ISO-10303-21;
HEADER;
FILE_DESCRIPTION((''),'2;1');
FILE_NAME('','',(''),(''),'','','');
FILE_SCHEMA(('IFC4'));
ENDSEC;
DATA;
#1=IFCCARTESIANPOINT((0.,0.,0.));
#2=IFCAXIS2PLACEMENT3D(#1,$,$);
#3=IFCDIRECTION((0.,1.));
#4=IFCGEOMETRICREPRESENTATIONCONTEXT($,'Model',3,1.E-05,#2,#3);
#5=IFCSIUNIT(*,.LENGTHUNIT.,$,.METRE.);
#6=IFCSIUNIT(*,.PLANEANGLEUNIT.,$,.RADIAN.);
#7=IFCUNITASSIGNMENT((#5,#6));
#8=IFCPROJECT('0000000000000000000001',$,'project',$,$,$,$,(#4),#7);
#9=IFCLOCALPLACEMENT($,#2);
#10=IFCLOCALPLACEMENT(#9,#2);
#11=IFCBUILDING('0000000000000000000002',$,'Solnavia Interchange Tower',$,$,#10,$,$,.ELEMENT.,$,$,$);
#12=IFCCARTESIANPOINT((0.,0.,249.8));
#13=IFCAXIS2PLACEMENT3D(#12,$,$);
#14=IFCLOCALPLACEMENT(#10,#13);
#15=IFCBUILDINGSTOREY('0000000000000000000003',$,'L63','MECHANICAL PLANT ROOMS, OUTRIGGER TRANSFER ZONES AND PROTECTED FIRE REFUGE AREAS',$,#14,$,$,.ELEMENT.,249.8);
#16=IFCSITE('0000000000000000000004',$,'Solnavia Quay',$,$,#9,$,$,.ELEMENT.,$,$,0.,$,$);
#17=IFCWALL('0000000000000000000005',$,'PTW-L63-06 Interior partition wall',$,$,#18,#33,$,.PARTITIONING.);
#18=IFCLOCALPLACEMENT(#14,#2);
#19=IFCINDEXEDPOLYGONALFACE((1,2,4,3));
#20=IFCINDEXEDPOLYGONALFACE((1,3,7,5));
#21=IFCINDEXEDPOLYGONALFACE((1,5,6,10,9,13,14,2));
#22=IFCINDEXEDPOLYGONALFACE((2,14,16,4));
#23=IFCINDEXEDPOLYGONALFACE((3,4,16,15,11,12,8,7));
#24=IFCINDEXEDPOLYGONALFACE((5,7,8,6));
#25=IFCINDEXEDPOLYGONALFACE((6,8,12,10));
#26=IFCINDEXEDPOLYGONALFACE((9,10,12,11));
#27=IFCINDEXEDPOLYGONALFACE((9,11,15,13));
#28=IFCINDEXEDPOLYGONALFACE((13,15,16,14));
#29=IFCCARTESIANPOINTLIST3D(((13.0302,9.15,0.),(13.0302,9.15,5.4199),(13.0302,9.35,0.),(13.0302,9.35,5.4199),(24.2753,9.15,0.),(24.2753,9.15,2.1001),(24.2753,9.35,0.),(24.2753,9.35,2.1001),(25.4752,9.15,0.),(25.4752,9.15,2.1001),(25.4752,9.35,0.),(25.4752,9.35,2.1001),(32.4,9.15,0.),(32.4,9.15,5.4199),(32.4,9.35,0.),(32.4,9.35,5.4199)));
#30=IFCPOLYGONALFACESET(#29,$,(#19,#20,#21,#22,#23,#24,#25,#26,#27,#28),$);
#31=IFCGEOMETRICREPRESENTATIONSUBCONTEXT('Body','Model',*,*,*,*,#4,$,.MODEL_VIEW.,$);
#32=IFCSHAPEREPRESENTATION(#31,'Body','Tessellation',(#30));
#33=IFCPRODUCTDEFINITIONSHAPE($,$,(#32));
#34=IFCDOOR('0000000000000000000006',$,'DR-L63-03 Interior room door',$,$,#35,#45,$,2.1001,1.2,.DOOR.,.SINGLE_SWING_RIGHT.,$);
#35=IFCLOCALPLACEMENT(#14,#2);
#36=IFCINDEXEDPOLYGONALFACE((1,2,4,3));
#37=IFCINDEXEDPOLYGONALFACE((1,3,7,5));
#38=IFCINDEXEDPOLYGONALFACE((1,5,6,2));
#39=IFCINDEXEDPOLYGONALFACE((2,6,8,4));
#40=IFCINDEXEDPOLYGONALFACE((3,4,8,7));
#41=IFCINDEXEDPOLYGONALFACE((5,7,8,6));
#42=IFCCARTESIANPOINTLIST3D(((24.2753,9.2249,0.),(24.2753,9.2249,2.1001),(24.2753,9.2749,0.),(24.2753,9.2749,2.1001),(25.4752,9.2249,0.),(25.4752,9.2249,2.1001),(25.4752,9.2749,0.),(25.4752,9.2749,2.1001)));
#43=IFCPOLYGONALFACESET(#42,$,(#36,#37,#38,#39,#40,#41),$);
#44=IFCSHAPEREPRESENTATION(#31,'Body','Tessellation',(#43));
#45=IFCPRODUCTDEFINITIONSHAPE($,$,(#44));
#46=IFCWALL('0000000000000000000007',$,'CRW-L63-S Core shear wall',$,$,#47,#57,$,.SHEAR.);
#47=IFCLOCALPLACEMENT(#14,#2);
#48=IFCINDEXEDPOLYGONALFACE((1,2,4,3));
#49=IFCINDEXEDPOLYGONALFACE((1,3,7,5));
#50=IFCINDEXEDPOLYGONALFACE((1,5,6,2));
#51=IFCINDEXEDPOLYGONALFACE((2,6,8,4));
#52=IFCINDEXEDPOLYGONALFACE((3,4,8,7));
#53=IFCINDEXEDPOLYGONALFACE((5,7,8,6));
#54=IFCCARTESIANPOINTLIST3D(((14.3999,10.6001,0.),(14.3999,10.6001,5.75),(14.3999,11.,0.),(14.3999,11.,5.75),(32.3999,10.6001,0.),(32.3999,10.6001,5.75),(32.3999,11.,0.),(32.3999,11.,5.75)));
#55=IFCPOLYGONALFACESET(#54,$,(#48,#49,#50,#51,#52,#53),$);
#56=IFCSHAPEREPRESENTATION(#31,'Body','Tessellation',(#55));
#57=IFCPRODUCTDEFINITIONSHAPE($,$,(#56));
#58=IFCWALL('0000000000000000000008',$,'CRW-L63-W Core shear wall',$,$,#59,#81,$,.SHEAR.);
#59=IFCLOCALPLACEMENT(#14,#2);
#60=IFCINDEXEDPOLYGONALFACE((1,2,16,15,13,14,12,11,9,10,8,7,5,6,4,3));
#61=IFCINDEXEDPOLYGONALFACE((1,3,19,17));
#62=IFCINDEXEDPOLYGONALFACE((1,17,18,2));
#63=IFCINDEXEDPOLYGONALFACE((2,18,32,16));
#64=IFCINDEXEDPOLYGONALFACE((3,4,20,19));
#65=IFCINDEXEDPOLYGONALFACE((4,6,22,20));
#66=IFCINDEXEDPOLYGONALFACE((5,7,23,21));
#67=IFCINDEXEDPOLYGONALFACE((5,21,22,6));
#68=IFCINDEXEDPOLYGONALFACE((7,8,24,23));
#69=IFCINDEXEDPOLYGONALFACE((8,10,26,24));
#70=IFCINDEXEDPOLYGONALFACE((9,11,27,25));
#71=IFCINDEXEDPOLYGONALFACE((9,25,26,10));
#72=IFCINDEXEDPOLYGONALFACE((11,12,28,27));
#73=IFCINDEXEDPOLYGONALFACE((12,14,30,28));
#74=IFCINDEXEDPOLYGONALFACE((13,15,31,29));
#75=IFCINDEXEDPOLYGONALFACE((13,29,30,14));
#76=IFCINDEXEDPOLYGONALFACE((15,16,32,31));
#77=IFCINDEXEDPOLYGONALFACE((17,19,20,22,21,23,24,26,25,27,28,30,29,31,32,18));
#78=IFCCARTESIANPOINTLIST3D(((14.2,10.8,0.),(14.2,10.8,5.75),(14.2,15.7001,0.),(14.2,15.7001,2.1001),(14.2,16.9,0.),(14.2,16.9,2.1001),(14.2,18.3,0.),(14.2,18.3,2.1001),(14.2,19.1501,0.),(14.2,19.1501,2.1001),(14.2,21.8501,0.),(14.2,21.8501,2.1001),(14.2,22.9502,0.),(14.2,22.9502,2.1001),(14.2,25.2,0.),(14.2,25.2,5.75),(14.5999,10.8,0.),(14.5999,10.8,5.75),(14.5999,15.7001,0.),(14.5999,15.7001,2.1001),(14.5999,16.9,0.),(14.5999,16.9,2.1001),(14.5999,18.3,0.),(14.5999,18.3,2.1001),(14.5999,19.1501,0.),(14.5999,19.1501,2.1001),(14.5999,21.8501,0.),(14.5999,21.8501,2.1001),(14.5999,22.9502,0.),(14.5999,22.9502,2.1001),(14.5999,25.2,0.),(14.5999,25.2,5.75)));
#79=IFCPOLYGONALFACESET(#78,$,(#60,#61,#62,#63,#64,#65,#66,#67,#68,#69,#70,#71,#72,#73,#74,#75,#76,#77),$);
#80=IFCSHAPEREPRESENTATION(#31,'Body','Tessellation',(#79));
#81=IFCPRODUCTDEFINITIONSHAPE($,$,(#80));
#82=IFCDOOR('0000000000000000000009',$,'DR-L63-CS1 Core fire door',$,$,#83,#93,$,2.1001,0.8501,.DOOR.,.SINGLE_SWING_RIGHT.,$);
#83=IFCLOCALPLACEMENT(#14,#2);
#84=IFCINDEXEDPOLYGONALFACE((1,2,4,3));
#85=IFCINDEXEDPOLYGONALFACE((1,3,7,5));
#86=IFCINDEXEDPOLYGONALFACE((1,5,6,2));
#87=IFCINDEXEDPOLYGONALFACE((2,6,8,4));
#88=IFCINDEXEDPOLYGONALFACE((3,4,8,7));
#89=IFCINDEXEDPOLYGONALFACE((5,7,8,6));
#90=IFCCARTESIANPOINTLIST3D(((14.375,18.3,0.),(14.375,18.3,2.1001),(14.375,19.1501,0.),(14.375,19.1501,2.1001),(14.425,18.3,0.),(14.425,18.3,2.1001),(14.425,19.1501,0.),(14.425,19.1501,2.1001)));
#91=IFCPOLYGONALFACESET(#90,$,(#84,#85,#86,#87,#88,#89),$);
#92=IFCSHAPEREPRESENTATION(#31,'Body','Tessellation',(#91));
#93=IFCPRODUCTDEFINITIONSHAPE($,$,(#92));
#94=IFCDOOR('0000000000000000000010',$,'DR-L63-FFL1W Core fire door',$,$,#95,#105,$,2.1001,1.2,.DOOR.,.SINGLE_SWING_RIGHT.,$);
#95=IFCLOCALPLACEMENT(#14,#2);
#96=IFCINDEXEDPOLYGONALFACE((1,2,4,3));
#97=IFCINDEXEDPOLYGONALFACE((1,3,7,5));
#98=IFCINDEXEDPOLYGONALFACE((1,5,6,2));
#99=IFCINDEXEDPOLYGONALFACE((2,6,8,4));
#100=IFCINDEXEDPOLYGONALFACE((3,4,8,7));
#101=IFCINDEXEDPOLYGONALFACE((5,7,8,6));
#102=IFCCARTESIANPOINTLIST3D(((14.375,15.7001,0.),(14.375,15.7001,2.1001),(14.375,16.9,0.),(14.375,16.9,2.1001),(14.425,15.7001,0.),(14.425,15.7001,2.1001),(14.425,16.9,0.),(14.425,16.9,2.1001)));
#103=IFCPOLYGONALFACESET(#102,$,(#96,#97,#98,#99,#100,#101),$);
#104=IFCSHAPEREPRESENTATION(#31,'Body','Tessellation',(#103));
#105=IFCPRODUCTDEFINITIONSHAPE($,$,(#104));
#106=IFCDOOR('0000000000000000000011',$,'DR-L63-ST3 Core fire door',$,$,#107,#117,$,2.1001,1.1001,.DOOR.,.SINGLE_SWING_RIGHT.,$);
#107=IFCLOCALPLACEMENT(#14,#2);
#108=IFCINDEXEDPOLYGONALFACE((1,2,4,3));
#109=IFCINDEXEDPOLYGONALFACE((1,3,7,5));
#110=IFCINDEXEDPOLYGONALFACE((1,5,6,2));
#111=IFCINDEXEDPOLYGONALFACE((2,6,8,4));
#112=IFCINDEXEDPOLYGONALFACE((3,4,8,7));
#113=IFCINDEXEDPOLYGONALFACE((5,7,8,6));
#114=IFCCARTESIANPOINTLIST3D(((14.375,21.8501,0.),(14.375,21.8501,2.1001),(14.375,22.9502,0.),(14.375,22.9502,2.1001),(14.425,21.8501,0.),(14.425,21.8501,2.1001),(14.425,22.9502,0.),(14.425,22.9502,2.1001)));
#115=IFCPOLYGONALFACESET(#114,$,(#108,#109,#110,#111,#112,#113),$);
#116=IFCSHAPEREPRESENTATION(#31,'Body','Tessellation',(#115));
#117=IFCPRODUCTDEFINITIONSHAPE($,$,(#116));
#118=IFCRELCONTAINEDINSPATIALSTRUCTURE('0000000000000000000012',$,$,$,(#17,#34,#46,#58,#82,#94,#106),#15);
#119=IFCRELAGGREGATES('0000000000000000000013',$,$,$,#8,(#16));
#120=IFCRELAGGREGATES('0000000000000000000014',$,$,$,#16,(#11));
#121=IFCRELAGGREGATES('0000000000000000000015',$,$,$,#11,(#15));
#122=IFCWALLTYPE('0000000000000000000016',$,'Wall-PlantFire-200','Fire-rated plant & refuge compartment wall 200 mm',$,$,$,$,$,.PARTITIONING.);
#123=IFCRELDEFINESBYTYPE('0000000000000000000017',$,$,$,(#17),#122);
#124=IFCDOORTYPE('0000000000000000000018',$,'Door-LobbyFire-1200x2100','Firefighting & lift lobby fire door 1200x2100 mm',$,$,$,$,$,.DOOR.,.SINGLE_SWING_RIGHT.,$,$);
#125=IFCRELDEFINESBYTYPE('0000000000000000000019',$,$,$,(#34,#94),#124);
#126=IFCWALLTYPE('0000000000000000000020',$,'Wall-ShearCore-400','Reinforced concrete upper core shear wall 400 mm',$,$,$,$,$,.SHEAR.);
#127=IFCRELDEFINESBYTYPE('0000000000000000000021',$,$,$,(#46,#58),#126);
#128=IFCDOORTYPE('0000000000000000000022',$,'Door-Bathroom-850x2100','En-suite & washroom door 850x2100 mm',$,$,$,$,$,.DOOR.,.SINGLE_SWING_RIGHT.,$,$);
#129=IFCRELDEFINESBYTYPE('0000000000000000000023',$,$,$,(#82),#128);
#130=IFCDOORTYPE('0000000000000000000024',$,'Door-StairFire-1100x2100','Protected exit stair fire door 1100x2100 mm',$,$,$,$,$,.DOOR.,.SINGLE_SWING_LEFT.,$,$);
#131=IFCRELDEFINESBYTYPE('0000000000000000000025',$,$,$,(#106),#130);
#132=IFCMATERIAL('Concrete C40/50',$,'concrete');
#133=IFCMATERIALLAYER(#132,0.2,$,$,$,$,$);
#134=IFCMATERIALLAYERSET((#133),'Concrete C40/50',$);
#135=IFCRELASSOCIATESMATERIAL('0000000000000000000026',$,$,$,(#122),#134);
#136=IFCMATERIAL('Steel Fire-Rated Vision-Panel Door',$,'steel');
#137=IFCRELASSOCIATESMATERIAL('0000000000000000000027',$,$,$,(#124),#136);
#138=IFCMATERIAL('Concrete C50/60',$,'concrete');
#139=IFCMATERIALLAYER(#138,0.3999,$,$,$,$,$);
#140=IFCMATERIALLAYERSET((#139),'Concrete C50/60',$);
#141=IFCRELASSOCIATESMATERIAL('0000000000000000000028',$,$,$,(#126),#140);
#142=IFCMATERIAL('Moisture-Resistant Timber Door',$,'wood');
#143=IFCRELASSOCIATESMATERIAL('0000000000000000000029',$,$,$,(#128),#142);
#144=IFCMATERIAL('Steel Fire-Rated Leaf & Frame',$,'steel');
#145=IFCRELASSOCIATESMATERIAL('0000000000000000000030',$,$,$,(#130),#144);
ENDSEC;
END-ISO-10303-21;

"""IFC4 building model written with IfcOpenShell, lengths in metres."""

from ifc_helpers import new_model, si_unit, direction, frame, frame_2d, origin, place, context, subcontext, project, spatial, rectangle, extrude, material, layer, layer_set, type_object, element, fill, save


model = new_model("IFC4")

# Units and contexts
model_context = context("Model", 3, precision=1e-05, world=origin(), true_north=direction((0.0, 1.0)))
body_context = subcontext(model_context, "Body", "Model", "MODEL_VIEW")
ifc_project = project(units=[si_unit("LENGTHUNIT", "METRE"), si_unit("PLANEANGLEUNIT", "RADIAN")], contexts=[model_context])

# Site, building, storey
site_placement = place(None, origin())
site = spatial("IfcSite", under=ifc_project, at=site_placement, Name="Solnavia Quay", CompositionType="ELEMENT", RefElevation=0.0)
building_placement = place(site_placement, origin())
building = spatial("IfcBuilding", under=site, at=building_placement, Name="Solnavia Interchange Tower", CompositionType="ELEMENT")
storey_placement = place(building_placement, frame((0.0, 0.0, 249.8)))
storey = spatial("IfcBuildingStorey", under=building, at=storey_placement, Name="L63", Description="MECHANICAL PLANT ROOMS, OUTRIGGER TRANSFER ZONES AND PROTECTED FIRE REFUGE AREAS", CompositionType="ELEMENT", Elevation=249.8)

# Shared definitions
ifc_material_1 = material(Name="Concrete C50/60", Category="concrete")

# Shared definitions
ifc_material_2 = material(Name="Concrete C40/50", Category="concrete")

# Wall, opening, door
ifc_layer_1 = layer(ifc_material_2, 0.2)
ifc_layer_set_1 = layer_set([ifc_layer_1], Name="Concrete C40/50")
wall_type_1 = type_object("IfcWallType", Name="Wall-PlantFire-200", Description="Fire-rated plant & refuge compartment wall 200 mm", PredefinedType="PARTITIONING", material=ifc_layer_set_1)
ifc_material_3 = material(Name="Steel Fire-Rated Vision-Panel Door", Category="steel")
door_type_1 = type_object("IfcDoorType", Name="Door-LobbyFire-1200x2100", Description="Firefighting & lift lobby fire door 1200x2100 mm", OperationType="SINGLE_SWING_RIGHT", PredefinedType="DOOR", material=ifc_material_3)
wall_1_placement = place(storey_placement, frame((13.03, 9.25, 0.0), z_axis=(0.0, 0.0, 1.0), x_axis=(1.0, 0.0, 0.0)))
wall_1 = element("IfcWall", 1, at=wall_1_placement, inside=storey, type_object=wall_type_1, Name="PTW-L63-06 Interior partition wall", PredefinedType="PARTITIONING", context=body_context, shape_type="SweptSolid", body=[
    extrude(rectangle(XDim=19.3699, YDim=0.2, at=frame_2d((9.6851, 0.0))), origin(), (0.0, 0.0, 1.0), 5.4199),
])
opening_1_placement = place(wall_1_placement, frame((11.2451, 0.0, 0.0)))
opening_1 = element("IfcOpeningElement", 2, at=opening_1_placement, cuts=wall_1, PredefinedType="OPENING", context=body_context, shape_type="SweptSolid", body=[
    extrude(rectangle(XDim=1.2, YDim=2.1001, at=frame_2d((0.6001, 1.05))), frame((0.0, 0.1099, 0.0), z_axis=(0.0, -1.0, 0.0), x_axis=(1.0, 0.0, 0.0)), (0.0, 0.0, 1.0), 0.22),
])
door_1_placement = place(opening_1_placement, origin())
door_1 = element("IfcDoor", 3, at=door_1_placement, inside=storey, type_object=door_type_1, Name="DR-L63-03 Interior room door", OperationType="SINGLE_SWING_RIGHT", OverallHeight=2.1001, OverallWidth=1.2, PredefinedType="DOOR", context=body_context, shape_type="SweptSolid", body=[
    extrude(rectangle(XDim=1.2, YDim=2.1001, at=frame_2d((0.6001, 1.05))), frame((0.0, 0.0249, 0.0), z_axis=(0.0, -1.0, 0.0), x_axis=(1.0, 0.0, 0.0)), (0.0, 0.0, 1.0), 0.05),
])
fill(opening_1, door_1)

# Wall
ifc_layer_2 = layer(ifc_material_1, 0.3999)
ifc_layer_set_2 = layer_set([ifc_layer_2], Name="Concrete C50/60")
wall_type_2 = type_object("IfcWallType", Name="Wall-ShearCore-400", Description="Reinforced concrete upper core shear wall 400 mm", PredefinedType="SHEAR", material=ifc_layer_set_2)
wall_2_placement = place(storey_placement, frame((14.3999, 10.8, 0.0), z_axis=(0.0, 0.0, 1.0), x_axis=(1.0, 0.0, 0.0)))
element("IfcWall", 4, at=wall_2_placement, inside=storey, type_object=wall_type_2, Name="CRW-L63-S Core shear wall", PredefinedType="SHEAR", context=body_context, shape_type="SweptSolid", body=[
    extrude(rectangle(XDim=18.0, YDim=0.3999, at=frame_2d((9.0, 0.0))), origin(), (0.0, 0.0, 1.0), 5.75),
])

# Wall, openings, doors
wall_3_placement = place(storey_placement, frame((14.3999, 10.8, 0.0), z_axis=(0.0, 0.0, 1.0), x_axis=(0.0, 1.0, 0.0)))
wall_3 = element("IfcWall", 5, at=wall_3_placement, inside=storey, type_object=wall_type_2, Name="CRW-L63-W Core shear wall", PredefinedType="SHEAR", context=body_context, shape_type="SweptSolid", body=[
    extrude(rectangle(XDim=14.3999, YDim=0.3999, at=frame_2d((7.2, 0.0))), origin(), (0.0, 0.0, 1.0), 5.75),
])
opening_2_placement = place(wall_3_placement, frame((11.05, 0.0, 0.0)))
opening_2 = element("IfcOpeningElement", 6, at=opening_2_placement, cuts=wall_3, PredefinedType="OPENING", context=body_context, shape_type="SweptSolid", body=[
    extrude(rectangle(XDim=1.1001, YDim=2.1001, at=frame_2d((0.55, 1.05))), frame((0.0, 0.21, 0.0), z_axis=(0.0, -1.0, 0.0), x_axis=(1.0, 0.0, 0.0)), (0.0, 0.0, 1.0), 0.4199),
])
opening_3_placement = place(wall_3_placement, frame((4.8999, 0.0, 0.0)))
opening_3 = element("IfcOpeningElement", 7, at=opening_3_placement, cuts=wall_3, PredefinedType="OPENING", context=body_context, shape_type="SweptSolid", body=[
    extrude(rectangle(XDim=1.2, YDim=2.1001, at=frame_2d((0.6001, 1.05))), frame((0.0, 0.21, 0.0), z_axis=(0.0, -1.0, 0.0), x_axis=(1.0, 0.0, 0.0)), (0.0, 0.0, 1.0), 0.4199),
])
opening_4_placement = place(wall_3_placement, frame((7.5, 0.0, 0.0)))
opening_4 = element("IfcOpeningElement", 8, at=opening_4_placement, cuts=wall_3, PredefinedType="OPENING", context=body_context, shape_type="SweptSolid", body=[
    extrude(rectangle(XDim=0.8501, YDim=2.1001, at=frame_2d((0.425, 1.05))), frame((0.0, 0.21, 0.0), z_axis=(0.0, -1.0, 0.0), x_axis=(1.0, 0.0, 0.0)), (0.0, 0.0, 1.0), 0.4199),
])
ifc_material_4 = material(Name="Moisture-Resistant Timber Door", Category="wood")
door_type_2 = type_object("IfcDoorType", Name="Door-Bathroom-850x2100", Description="En-suite & washroom door 850x2100 mm", OperationType="SINGLE_SWING_RIGHT", PredefinedType="DOOR", material=ifc_material_4)
door_2_placement = place(opening_4_placement, origin())
door_2 = element("IfcDoor", 9, at=door_2_placement, inside=storey, type_object=door_type_2, Name="DR-L63-CS1 Core fire door", OperationType="SINGLE_SWING_RIGHT", OverallHeight=2.1001, OverallWidth=0.8501, PredefinedType="DOOR", context=body_context, shape_type="SweptSolid", body=[
    extrude(rectangle(XDim=0.8501, YDim=2.1001, at=frame_2d((0.425, 1.05))), frame((0.0, 0.0249, 0.0), z_axis=(0.0, -1.0, 0.0), x_axis=(1.0, 0.0, 0.0)), (0.0, 0.0, 1.0), 0.05),
])
fill(opening_4, door_2)
door_3_placement = place(opening_3_placement, origin())
door_3 = element("IfcDoor", 10, at=door_3_placement, inside=storey, type_object=door_type_1, Name="DR-L63-FFL1W Core fire door", OperationType="SINGLE_SWING_RIGHT", OverallHeight=2.1001, OverallWidth=1.2, PredefinedType="DOOR", context=body_context, shape_type="SweptSolid", body=[
    extrude(rectangle(XDim=1.2, YDim=2.1001, at=frame_2d((0.6001, 1.05))), frame((0.0, 0.0249, 0.0), z_axis=(0.0, -1.0, 0.0), x_axis=(1.0, 0.0, 0.0)), (0.0, 0.0, 1.0), 0.05),
])
fill(opening_3, door_3)
ifc_material_5 = material(Name="Steel Fire-Rated Leaf & Frame", Category="steel")
door_type_3 = type_object("IfcDoorType", Name="Door-StairFire-1100x2100", Description="Protected exit stair fire door 1100x2100 mm", OperationType="SINGLE_SWING_LEFT", PredefinedType="DOOR", material=ifc_material_5)
door_4_placement = place(opening_2_placement, origin())
door_4 = element("IfcDoor", 11, at=door_4_placement, inside=storey, type_object=door_type_3, Name="DR-L63-ST3 Core fire door", OperationType="SINGLE_SWING_RIGHT", OverallHeight=2.1001, OverallWidth=1.1001, PredefinedType="DOOR", context=body_context, shape_type="SweptSolid", body=[
    extrude(rectangle(XDim=1.1001, YDim=2.1001, at=frame_2d((0.55, 1.05))), frame((0.0, 0.0249, 0.0), z_axis=(0.0, -1.0, 0.0), x_axis=(1.0, 0.0, 0.0)), (0.0, 0.0, 1.0), 0.05),
])
fill(opening_2, door_4)

save(model, "model.ifc")
